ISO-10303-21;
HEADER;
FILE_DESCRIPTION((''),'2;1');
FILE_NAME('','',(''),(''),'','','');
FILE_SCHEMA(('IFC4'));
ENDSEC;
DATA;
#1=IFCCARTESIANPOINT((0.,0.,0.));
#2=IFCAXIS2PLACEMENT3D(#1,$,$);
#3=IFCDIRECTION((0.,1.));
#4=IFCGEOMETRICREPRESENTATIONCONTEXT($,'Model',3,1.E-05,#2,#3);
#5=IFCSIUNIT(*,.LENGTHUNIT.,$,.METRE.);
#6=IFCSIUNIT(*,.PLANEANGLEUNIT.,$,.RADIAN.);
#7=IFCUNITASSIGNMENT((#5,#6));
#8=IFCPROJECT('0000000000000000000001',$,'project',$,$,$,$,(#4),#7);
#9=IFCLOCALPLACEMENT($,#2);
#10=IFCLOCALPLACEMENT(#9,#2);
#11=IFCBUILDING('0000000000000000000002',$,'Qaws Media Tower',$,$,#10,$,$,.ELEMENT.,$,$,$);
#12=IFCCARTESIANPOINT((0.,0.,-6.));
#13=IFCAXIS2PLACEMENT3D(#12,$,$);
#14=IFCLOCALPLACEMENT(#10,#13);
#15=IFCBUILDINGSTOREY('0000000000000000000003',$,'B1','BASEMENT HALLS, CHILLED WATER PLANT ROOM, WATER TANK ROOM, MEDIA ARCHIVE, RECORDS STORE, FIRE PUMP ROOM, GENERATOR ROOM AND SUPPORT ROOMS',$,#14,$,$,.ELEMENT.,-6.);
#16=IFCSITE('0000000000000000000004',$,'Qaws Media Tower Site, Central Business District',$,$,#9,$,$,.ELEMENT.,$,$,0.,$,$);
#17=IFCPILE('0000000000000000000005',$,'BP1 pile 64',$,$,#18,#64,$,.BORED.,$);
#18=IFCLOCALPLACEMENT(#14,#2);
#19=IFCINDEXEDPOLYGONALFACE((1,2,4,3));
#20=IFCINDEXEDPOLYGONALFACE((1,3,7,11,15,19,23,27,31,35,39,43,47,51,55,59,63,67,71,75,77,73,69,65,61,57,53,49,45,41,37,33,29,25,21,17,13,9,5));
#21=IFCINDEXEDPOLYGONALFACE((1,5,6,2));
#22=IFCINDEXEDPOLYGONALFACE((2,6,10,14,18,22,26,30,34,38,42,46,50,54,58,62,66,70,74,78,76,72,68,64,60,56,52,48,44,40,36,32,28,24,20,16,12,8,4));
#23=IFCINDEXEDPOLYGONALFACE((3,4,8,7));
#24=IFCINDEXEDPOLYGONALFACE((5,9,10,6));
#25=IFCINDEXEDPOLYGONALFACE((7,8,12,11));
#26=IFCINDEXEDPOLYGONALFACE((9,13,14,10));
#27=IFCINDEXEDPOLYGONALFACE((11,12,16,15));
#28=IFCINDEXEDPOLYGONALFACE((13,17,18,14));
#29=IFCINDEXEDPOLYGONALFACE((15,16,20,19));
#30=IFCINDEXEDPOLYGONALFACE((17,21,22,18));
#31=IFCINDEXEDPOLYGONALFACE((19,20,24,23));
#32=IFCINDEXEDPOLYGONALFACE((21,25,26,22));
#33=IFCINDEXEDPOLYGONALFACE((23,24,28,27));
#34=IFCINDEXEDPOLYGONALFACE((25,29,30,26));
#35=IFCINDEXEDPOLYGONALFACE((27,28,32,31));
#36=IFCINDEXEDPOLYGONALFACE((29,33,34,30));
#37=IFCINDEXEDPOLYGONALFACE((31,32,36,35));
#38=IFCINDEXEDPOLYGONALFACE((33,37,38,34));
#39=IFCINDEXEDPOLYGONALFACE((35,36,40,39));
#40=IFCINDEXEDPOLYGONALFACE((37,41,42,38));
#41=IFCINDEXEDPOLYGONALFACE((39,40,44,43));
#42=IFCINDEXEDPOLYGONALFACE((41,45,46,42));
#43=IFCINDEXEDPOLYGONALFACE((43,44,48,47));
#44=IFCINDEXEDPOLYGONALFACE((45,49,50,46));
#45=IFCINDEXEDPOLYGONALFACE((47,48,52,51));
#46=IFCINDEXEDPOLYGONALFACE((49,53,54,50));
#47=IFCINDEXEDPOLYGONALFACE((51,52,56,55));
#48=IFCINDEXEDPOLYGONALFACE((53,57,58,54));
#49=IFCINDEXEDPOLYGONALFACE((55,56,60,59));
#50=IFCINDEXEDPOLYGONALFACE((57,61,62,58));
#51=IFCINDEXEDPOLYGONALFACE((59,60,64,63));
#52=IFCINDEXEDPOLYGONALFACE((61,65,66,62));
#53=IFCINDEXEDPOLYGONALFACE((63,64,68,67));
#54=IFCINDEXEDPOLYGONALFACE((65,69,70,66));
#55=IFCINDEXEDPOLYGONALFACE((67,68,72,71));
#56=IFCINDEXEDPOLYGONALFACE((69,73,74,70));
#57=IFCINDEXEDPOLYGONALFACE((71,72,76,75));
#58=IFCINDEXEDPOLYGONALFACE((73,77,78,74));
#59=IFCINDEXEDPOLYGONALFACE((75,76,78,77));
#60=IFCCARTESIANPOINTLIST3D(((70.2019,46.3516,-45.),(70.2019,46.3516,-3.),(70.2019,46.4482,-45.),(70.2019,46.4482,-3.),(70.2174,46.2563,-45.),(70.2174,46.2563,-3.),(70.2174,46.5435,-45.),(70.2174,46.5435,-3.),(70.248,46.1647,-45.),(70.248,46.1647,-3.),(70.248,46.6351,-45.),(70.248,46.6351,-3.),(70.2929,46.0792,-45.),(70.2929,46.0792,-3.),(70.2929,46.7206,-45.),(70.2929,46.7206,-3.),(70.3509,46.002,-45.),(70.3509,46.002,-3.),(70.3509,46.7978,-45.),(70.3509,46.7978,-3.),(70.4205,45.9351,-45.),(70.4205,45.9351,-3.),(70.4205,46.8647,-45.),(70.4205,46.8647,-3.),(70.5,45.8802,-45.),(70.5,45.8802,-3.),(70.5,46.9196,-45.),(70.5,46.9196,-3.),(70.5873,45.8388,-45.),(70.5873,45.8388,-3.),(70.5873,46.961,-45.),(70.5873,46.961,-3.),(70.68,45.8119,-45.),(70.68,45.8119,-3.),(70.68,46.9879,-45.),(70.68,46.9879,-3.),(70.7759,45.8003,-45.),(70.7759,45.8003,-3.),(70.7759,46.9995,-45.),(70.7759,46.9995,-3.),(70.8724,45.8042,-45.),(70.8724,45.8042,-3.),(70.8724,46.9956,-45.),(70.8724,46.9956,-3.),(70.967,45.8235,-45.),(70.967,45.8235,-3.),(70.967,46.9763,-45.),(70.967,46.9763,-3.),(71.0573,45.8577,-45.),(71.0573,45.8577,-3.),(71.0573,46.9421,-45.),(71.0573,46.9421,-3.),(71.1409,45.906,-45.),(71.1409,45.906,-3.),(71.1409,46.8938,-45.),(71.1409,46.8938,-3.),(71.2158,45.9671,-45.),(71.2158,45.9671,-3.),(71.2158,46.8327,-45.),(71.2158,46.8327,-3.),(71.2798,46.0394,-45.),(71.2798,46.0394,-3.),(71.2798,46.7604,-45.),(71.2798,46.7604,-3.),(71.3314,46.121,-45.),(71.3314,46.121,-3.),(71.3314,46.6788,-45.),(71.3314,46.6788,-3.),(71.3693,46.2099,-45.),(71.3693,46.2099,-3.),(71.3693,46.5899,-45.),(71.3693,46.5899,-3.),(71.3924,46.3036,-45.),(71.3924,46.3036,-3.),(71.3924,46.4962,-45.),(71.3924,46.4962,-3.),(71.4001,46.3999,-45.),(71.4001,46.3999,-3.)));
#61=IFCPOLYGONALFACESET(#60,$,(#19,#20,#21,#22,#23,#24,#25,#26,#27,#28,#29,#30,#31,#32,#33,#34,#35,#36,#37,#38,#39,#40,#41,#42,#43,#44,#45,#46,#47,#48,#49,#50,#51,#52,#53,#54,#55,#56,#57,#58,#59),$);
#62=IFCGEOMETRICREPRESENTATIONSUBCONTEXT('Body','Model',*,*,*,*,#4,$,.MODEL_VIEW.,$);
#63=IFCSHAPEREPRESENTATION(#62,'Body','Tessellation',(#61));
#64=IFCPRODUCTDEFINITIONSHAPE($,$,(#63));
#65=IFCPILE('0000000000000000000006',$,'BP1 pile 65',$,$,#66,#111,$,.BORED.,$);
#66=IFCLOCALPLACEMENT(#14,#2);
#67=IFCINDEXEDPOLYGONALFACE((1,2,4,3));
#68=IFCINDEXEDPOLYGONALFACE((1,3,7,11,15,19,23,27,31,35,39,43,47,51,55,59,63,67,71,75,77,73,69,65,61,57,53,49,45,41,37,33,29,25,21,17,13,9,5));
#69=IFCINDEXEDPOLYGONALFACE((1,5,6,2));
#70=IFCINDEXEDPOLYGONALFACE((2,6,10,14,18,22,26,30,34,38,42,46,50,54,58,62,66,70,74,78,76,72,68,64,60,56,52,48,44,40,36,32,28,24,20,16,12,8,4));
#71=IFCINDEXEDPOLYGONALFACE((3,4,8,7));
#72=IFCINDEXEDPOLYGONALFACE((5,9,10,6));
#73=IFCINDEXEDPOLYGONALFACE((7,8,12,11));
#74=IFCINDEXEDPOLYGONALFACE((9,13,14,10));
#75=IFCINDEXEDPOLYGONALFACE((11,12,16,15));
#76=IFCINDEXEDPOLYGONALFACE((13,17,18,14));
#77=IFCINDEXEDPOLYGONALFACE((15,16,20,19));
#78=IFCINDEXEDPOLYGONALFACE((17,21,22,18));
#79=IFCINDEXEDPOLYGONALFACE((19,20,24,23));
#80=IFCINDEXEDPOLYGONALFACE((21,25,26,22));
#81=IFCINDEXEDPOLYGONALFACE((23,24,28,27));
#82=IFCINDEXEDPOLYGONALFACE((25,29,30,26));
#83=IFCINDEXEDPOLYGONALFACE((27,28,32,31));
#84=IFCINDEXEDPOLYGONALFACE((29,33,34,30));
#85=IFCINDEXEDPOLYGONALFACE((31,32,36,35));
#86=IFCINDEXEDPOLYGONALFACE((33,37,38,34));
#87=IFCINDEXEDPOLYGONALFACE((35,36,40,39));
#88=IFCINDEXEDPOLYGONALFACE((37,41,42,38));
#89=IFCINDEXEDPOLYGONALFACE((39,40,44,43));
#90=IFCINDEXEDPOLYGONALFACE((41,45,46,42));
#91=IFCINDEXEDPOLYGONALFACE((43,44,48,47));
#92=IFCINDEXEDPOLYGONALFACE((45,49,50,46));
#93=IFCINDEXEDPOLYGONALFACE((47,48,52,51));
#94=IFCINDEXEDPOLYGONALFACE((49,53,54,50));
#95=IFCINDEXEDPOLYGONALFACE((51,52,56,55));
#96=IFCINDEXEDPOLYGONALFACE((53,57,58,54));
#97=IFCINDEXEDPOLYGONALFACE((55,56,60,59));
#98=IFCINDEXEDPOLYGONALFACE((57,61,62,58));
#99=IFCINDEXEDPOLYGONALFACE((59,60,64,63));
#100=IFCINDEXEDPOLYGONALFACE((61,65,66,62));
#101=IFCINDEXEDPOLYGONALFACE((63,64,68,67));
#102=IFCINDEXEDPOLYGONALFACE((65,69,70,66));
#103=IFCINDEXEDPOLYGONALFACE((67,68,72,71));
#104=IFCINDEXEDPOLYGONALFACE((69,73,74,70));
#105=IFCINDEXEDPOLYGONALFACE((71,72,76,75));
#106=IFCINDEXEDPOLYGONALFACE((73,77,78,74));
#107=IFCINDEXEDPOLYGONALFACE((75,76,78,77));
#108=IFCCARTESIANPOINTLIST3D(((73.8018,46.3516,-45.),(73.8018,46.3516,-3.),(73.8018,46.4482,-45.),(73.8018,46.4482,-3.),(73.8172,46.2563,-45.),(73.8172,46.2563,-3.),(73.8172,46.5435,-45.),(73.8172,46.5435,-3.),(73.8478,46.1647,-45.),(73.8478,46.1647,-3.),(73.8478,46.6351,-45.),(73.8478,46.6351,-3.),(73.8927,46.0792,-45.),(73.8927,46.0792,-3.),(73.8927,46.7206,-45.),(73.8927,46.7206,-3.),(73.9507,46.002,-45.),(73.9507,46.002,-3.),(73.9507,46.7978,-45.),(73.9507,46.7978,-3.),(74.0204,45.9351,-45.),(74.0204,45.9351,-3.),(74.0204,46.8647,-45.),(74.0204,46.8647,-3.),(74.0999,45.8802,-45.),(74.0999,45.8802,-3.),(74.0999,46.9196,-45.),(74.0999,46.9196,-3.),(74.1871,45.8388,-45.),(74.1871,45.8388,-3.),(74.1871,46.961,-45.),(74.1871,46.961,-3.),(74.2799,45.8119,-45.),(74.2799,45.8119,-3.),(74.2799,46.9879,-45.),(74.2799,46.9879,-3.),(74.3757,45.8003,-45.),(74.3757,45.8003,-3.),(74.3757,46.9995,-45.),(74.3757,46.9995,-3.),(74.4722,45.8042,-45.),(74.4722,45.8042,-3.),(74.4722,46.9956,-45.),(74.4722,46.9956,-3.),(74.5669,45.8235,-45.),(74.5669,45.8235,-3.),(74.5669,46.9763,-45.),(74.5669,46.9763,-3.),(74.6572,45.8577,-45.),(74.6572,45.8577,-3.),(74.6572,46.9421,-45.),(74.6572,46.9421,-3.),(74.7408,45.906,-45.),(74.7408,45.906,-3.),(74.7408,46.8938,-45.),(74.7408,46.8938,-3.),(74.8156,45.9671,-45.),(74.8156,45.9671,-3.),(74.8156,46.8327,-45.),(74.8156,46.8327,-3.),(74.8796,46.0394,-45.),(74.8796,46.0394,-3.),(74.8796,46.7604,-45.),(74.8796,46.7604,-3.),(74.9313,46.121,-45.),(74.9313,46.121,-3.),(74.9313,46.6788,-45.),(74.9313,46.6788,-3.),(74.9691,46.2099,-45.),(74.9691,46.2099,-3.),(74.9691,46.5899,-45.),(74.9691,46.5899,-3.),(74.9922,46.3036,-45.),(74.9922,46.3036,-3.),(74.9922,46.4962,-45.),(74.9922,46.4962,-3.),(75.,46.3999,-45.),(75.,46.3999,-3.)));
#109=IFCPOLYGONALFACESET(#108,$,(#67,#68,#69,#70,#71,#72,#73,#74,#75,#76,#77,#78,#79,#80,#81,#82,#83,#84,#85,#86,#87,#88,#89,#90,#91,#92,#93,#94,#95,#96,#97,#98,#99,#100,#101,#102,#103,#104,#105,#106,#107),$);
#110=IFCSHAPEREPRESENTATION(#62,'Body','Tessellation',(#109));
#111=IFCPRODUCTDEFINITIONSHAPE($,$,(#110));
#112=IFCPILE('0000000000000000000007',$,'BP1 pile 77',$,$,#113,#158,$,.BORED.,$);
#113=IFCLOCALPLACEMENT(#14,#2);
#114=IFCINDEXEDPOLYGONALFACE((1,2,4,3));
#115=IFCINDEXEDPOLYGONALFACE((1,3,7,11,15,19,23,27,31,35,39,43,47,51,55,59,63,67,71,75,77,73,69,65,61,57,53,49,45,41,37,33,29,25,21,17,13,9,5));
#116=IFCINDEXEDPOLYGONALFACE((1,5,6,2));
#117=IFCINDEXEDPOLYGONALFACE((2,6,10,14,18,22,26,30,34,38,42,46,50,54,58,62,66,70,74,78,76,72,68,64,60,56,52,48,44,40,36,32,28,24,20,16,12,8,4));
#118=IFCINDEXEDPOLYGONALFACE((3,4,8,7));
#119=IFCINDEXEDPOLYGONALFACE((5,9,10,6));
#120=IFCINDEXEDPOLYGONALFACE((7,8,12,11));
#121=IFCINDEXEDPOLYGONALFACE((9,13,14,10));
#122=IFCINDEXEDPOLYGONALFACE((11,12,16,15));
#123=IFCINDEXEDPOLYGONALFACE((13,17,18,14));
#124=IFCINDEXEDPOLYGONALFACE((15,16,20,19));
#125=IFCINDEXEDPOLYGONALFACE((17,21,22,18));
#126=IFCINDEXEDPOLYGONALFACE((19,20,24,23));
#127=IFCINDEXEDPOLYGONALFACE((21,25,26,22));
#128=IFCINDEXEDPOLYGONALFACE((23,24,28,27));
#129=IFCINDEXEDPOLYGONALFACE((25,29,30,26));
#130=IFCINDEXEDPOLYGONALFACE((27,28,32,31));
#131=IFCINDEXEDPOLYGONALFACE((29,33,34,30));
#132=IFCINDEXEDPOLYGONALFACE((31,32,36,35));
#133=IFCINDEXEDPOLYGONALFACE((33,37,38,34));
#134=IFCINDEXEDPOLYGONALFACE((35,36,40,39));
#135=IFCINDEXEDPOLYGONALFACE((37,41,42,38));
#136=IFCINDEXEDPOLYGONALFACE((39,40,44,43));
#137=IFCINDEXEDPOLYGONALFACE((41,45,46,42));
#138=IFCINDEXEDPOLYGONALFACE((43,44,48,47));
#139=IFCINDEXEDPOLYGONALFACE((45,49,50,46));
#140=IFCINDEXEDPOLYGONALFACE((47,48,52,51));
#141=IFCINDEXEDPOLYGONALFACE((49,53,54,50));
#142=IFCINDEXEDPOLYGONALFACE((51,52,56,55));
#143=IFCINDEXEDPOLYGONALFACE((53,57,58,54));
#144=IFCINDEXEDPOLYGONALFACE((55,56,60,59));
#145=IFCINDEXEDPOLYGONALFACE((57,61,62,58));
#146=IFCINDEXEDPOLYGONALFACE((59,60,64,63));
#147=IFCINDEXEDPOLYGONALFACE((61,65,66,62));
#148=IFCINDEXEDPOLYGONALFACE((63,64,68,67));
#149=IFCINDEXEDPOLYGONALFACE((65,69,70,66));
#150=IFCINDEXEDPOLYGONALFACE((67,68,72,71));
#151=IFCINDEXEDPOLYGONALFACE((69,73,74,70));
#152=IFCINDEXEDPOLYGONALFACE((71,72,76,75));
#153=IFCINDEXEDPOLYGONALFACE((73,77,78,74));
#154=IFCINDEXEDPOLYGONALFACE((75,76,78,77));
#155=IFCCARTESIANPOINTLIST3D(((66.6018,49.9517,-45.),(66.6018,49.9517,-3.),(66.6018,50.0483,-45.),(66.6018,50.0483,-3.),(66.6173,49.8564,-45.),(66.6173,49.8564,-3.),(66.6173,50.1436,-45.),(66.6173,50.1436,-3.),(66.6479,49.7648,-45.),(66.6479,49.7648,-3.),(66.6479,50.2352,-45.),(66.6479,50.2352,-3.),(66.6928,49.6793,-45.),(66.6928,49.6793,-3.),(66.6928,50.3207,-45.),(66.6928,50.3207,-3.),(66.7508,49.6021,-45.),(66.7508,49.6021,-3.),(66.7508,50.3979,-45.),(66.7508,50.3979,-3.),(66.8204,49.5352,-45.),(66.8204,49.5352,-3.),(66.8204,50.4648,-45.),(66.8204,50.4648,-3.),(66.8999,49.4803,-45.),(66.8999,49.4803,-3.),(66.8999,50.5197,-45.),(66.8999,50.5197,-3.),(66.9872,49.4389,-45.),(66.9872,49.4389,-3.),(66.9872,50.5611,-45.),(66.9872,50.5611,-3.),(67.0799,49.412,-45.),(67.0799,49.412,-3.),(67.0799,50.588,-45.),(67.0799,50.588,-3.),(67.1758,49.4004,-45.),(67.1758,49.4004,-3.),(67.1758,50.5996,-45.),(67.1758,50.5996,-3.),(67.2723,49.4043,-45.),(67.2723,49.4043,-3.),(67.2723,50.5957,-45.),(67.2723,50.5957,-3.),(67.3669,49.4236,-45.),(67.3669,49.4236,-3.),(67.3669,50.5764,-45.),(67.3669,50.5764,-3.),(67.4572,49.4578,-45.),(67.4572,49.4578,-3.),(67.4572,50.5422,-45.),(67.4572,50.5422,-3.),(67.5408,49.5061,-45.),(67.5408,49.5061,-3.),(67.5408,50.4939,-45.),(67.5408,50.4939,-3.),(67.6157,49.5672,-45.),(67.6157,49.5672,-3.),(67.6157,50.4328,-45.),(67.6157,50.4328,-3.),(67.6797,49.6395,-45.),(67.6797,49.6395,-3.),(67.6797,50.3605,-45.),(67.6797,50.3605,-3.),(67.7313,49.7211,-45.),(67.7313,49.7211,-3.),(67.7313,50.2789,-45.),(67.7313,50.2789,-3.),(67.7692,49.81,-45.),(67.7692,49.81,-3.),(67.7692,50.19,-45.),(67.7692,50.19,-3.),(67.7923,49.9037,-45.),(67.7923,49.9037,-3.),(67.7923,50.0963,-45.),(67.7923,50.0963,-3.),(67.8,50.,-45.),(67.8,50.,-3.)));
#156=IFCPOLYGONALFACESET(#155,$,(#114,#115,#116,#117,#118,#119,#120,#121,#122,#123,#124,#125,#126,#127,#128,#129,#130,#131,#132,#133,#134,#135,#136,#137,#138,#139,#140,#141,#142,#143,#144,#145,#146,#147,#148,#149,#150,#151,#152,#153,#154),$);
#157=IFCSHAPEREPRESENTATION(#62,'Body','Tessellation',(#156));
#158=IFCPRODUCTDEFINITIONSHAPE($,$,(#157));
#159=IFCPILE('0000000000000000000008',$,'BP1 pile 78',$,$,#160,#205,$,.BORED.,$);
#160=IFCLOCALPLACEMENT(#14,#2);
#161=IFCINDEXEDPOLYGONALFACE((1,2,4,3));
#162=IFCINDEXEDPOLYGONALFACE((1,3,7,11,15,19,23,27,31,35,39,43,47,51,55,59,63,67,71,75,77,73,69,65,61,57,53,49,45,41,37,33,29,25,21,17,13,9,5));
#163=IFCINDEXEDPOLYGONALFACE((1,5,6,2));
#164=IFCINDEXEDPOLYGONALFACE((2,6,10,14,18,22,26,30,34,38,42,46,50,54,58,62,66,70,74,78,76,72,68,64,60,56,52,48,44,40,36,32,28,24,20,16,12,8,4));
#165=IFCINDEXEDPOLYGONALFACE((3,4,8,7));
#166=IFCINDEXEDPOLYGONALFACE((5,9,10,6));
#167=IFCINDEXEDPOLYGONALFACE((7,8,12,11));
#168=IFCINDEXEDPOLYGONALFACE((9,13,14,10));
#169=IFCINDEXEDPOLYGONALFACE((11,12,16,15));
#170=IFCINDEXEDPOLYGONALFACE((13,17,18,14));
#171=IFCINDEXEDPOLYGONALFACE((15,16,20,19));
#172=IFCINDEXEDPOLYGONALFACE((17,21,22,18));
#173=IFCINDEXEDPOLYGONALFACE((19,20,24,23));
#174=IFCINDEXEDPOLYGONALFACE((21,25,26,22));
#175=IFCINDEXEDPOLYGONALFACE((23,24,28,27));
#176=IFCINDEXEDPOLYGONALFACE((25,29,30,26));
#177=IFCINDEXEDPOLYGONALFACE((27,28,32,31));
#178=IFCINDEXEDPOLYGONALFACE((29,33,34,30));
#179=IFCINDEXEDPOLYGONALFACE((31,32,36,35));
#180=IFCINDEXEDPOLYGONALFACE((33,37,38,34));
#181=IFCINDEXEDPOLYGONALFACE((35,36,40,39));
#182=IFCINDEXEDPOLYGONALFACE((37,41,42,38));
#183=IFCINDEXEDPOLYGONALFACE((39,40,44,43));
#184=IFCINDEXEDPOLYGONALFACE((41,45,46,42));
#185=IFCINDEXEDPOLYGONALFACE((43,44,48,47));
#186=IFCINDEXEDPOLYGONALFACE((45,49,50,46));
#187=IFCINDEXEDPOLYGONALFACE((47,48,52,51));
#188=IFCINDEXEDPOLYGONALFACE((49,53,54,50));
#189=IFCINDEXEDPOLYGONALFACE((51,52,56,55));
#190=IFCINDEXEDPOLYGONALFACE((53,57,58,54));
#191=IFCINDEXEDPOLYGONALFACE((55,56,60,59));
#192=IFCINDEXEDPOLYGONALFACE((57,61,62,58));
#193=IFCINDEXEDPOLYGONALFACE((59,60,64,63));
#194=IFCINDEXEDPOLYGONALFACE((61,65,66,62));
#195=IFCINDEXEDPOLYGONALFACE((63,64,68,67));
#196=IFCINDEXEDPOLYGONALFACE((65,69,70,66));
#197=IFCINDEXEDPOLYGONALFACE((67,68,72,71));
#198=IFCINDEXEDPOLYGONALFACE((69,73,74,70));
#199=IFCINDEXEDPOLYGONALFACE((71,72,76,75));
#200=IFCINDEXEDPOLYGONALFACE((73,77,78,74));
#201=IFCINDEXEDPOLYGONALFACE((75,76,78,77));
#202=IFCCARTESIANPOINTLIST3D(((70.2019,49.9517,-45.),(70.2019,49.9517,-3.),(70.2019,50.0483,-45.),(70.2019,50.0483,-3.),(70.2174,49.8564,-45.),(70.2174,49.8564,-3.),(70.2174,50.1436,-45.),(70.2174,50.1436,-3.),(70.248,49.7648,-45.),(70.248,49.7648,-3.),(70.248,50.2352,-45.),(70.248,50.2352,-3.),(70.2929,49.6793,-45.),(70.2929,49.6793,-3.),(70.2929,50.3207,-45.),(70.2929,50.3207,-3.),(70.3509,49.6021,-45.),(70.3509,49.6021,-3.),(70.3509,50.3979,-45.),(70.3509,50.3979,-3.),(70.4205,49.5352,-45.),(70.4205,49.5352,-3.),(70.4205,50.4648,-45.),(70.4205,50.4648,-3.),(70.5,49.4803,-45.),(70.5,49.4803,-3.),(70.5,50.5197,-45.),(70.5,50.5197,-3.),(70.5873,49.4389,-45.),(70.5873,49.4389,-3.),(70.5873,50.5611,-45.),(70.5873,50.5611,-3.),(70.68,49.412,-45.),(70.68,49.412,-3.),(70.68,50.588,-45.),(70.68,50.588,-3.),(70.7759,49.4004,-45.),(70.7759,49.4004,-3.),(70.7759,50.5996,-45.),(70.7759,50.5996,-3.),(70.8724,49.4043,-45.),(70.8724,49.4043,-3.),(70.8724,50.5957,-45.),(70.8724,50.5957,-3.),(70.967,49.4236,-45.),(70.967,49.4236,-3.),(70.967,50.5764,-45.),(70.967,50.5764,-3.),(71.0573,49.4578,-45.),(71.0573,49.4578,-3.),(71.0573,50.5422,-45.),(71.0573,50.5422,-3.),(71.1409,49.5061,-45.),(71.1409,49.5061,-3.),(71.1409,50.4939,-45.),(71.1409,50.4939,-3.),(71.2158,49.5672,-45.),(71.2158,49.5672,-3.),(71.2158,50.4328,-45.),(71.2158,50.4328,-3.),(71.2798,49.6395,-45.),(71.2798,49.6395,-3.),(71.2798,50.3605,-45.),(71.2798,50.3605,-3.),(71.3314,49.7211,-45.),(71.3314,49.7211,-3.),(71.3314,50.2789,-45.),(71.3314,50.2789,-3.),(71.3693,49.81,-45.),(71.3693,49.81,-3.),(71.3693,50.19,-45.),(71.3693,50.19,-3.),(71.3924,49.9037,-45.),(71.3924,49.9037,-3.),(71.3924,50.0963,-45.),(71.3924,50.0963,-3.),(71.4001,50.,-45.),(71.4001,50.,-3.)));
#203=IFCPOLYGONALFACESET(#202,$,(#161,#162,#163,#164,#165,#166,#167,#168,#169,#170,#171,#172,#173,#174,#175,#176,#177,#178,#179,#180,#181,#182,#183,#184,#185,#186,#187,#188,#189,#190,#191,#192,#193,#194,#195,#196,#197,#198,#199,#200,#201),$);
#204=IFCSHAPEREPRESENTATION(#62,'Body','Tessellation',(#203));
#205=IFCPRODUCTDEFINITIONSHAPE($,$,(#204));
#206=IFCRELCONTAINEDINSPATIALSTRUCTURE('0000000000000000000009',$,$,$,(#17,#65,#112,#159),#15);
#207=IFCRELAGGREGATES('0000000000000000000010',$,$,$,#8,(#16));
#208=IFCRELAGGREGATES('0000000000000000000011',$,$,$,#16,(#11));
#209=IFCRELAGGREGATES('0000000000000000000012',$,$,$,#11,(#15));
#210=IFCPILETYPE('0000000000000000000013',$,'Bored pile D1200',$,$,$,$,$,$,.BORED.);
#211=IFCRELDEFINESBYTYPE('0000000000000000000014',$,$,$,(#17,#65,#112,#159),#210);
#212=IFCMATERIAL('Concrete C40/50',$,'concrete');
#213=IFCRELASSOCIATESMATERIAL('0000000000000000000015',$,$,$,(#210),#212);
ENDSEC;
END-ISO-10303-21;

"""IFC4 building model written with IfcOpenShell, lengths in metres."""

from ifc_helpers import new_model, si_unit, direction, frame, origin, origin_2d, place, context, subcontext, project, spatial, circle, extrude, material, material_profile, profile_set, type_object, element, save


model = new_model("IFC4")

# Units and contexts
model_context = context("Model", 3, precision=1e-05, world=origin(), true_north=direction((0.0, 1.0)))
body_context = subcontext(model_context, "Body", "Model", "MODEL_VIEW")
ifc_project = project(units=[si_unit("LENGTHUNIT", "METRE"), si_unit("PLANEANGLEUNIT", "RADIAN")], contexts=[model_context])

# Site, building, storey
site_placement = place(None, origin())
site = spatial("IfcSite", under=ifc_project, at=site_placement, Name="Qaws Media Tower Site, Central Business District", CompositionType="ELEMENT", RefElevation=0.0)
building_placement = place(site_placement, origin())
building = spatial("IfcBuilding", under=site, at=building_placement, Name="Qaws Media Tower", CompositionType="ELEMENT")
storey_placement = place(building_placement, frame((0.0, 0.0, -6.0)))
storey = spatial("IfcBuildingStorey", under=building, at=storey_placement, Name="B1", Description="BASEMENT HALLS, CHILLED WATER PLANT ROOM, WATER TANK ROOM, MEDIA ARCHIVE, RECORDS STORE, FIRE PUMP ROOM, GENERATOR ROOM AND SUPPORT ROOMS", CompositionType="ELEMENT", Elevation=-6.0)

# Piles
ifc_material_1 = material(Name="Concrete C40/50", Category="concrete")
ifc_material_profile_1 = material_profile(ifc_material_1, circle(Radius=0.6001, at=origin_2d()), Name="D1200")
ifc_profile_set_1 = profile_set([ifc_material_profile_1], Name="Concrete C40/50")
pile_type = type_object("IfcPileType", Name="Bored pile D1200", PredefinedType="BORED", material=ifc_profile_set_1)
for number, where, z_axis, x_axis, name in (
    (1, (70.8, 46.3999, -3.0), (0.0, 0.0, -1.0), (1.0, 0.0, 0.0), "BP1 pile 64"),
    (2, (74.3999, 46.3999, -3.0), (0.0, 0.0, -1.0), (1.0, 0.0, 0.0), "BP1 pile 65"),
    (3, (67.2, 50.0, -3.0), (0.0, 0.0, -1.0), (1.0, 0.0, 0.0), "BP1 pile 77"),
    (4, (70.8, 50.0, -3.0), (0.0, 0.0, -1.0), (1.0, 0.0, 0.0), "BP1 pile 78"),
):
    element("IfcPile", number, at=place(storey_placement, frame(where, z_axis=z_axis, x_axis=x_axis)), inside=storey, type_object=pile_type, Name=name, PredefinedType="BORED", context=body_context, shape_type="SweptSolid", body=[
        extrude(circle(Radius=0.6001, at=origin_2d()), origin(), (0.0, 0.0, 1.0), 42.0),
    ])

save(model, "model.ifc")
